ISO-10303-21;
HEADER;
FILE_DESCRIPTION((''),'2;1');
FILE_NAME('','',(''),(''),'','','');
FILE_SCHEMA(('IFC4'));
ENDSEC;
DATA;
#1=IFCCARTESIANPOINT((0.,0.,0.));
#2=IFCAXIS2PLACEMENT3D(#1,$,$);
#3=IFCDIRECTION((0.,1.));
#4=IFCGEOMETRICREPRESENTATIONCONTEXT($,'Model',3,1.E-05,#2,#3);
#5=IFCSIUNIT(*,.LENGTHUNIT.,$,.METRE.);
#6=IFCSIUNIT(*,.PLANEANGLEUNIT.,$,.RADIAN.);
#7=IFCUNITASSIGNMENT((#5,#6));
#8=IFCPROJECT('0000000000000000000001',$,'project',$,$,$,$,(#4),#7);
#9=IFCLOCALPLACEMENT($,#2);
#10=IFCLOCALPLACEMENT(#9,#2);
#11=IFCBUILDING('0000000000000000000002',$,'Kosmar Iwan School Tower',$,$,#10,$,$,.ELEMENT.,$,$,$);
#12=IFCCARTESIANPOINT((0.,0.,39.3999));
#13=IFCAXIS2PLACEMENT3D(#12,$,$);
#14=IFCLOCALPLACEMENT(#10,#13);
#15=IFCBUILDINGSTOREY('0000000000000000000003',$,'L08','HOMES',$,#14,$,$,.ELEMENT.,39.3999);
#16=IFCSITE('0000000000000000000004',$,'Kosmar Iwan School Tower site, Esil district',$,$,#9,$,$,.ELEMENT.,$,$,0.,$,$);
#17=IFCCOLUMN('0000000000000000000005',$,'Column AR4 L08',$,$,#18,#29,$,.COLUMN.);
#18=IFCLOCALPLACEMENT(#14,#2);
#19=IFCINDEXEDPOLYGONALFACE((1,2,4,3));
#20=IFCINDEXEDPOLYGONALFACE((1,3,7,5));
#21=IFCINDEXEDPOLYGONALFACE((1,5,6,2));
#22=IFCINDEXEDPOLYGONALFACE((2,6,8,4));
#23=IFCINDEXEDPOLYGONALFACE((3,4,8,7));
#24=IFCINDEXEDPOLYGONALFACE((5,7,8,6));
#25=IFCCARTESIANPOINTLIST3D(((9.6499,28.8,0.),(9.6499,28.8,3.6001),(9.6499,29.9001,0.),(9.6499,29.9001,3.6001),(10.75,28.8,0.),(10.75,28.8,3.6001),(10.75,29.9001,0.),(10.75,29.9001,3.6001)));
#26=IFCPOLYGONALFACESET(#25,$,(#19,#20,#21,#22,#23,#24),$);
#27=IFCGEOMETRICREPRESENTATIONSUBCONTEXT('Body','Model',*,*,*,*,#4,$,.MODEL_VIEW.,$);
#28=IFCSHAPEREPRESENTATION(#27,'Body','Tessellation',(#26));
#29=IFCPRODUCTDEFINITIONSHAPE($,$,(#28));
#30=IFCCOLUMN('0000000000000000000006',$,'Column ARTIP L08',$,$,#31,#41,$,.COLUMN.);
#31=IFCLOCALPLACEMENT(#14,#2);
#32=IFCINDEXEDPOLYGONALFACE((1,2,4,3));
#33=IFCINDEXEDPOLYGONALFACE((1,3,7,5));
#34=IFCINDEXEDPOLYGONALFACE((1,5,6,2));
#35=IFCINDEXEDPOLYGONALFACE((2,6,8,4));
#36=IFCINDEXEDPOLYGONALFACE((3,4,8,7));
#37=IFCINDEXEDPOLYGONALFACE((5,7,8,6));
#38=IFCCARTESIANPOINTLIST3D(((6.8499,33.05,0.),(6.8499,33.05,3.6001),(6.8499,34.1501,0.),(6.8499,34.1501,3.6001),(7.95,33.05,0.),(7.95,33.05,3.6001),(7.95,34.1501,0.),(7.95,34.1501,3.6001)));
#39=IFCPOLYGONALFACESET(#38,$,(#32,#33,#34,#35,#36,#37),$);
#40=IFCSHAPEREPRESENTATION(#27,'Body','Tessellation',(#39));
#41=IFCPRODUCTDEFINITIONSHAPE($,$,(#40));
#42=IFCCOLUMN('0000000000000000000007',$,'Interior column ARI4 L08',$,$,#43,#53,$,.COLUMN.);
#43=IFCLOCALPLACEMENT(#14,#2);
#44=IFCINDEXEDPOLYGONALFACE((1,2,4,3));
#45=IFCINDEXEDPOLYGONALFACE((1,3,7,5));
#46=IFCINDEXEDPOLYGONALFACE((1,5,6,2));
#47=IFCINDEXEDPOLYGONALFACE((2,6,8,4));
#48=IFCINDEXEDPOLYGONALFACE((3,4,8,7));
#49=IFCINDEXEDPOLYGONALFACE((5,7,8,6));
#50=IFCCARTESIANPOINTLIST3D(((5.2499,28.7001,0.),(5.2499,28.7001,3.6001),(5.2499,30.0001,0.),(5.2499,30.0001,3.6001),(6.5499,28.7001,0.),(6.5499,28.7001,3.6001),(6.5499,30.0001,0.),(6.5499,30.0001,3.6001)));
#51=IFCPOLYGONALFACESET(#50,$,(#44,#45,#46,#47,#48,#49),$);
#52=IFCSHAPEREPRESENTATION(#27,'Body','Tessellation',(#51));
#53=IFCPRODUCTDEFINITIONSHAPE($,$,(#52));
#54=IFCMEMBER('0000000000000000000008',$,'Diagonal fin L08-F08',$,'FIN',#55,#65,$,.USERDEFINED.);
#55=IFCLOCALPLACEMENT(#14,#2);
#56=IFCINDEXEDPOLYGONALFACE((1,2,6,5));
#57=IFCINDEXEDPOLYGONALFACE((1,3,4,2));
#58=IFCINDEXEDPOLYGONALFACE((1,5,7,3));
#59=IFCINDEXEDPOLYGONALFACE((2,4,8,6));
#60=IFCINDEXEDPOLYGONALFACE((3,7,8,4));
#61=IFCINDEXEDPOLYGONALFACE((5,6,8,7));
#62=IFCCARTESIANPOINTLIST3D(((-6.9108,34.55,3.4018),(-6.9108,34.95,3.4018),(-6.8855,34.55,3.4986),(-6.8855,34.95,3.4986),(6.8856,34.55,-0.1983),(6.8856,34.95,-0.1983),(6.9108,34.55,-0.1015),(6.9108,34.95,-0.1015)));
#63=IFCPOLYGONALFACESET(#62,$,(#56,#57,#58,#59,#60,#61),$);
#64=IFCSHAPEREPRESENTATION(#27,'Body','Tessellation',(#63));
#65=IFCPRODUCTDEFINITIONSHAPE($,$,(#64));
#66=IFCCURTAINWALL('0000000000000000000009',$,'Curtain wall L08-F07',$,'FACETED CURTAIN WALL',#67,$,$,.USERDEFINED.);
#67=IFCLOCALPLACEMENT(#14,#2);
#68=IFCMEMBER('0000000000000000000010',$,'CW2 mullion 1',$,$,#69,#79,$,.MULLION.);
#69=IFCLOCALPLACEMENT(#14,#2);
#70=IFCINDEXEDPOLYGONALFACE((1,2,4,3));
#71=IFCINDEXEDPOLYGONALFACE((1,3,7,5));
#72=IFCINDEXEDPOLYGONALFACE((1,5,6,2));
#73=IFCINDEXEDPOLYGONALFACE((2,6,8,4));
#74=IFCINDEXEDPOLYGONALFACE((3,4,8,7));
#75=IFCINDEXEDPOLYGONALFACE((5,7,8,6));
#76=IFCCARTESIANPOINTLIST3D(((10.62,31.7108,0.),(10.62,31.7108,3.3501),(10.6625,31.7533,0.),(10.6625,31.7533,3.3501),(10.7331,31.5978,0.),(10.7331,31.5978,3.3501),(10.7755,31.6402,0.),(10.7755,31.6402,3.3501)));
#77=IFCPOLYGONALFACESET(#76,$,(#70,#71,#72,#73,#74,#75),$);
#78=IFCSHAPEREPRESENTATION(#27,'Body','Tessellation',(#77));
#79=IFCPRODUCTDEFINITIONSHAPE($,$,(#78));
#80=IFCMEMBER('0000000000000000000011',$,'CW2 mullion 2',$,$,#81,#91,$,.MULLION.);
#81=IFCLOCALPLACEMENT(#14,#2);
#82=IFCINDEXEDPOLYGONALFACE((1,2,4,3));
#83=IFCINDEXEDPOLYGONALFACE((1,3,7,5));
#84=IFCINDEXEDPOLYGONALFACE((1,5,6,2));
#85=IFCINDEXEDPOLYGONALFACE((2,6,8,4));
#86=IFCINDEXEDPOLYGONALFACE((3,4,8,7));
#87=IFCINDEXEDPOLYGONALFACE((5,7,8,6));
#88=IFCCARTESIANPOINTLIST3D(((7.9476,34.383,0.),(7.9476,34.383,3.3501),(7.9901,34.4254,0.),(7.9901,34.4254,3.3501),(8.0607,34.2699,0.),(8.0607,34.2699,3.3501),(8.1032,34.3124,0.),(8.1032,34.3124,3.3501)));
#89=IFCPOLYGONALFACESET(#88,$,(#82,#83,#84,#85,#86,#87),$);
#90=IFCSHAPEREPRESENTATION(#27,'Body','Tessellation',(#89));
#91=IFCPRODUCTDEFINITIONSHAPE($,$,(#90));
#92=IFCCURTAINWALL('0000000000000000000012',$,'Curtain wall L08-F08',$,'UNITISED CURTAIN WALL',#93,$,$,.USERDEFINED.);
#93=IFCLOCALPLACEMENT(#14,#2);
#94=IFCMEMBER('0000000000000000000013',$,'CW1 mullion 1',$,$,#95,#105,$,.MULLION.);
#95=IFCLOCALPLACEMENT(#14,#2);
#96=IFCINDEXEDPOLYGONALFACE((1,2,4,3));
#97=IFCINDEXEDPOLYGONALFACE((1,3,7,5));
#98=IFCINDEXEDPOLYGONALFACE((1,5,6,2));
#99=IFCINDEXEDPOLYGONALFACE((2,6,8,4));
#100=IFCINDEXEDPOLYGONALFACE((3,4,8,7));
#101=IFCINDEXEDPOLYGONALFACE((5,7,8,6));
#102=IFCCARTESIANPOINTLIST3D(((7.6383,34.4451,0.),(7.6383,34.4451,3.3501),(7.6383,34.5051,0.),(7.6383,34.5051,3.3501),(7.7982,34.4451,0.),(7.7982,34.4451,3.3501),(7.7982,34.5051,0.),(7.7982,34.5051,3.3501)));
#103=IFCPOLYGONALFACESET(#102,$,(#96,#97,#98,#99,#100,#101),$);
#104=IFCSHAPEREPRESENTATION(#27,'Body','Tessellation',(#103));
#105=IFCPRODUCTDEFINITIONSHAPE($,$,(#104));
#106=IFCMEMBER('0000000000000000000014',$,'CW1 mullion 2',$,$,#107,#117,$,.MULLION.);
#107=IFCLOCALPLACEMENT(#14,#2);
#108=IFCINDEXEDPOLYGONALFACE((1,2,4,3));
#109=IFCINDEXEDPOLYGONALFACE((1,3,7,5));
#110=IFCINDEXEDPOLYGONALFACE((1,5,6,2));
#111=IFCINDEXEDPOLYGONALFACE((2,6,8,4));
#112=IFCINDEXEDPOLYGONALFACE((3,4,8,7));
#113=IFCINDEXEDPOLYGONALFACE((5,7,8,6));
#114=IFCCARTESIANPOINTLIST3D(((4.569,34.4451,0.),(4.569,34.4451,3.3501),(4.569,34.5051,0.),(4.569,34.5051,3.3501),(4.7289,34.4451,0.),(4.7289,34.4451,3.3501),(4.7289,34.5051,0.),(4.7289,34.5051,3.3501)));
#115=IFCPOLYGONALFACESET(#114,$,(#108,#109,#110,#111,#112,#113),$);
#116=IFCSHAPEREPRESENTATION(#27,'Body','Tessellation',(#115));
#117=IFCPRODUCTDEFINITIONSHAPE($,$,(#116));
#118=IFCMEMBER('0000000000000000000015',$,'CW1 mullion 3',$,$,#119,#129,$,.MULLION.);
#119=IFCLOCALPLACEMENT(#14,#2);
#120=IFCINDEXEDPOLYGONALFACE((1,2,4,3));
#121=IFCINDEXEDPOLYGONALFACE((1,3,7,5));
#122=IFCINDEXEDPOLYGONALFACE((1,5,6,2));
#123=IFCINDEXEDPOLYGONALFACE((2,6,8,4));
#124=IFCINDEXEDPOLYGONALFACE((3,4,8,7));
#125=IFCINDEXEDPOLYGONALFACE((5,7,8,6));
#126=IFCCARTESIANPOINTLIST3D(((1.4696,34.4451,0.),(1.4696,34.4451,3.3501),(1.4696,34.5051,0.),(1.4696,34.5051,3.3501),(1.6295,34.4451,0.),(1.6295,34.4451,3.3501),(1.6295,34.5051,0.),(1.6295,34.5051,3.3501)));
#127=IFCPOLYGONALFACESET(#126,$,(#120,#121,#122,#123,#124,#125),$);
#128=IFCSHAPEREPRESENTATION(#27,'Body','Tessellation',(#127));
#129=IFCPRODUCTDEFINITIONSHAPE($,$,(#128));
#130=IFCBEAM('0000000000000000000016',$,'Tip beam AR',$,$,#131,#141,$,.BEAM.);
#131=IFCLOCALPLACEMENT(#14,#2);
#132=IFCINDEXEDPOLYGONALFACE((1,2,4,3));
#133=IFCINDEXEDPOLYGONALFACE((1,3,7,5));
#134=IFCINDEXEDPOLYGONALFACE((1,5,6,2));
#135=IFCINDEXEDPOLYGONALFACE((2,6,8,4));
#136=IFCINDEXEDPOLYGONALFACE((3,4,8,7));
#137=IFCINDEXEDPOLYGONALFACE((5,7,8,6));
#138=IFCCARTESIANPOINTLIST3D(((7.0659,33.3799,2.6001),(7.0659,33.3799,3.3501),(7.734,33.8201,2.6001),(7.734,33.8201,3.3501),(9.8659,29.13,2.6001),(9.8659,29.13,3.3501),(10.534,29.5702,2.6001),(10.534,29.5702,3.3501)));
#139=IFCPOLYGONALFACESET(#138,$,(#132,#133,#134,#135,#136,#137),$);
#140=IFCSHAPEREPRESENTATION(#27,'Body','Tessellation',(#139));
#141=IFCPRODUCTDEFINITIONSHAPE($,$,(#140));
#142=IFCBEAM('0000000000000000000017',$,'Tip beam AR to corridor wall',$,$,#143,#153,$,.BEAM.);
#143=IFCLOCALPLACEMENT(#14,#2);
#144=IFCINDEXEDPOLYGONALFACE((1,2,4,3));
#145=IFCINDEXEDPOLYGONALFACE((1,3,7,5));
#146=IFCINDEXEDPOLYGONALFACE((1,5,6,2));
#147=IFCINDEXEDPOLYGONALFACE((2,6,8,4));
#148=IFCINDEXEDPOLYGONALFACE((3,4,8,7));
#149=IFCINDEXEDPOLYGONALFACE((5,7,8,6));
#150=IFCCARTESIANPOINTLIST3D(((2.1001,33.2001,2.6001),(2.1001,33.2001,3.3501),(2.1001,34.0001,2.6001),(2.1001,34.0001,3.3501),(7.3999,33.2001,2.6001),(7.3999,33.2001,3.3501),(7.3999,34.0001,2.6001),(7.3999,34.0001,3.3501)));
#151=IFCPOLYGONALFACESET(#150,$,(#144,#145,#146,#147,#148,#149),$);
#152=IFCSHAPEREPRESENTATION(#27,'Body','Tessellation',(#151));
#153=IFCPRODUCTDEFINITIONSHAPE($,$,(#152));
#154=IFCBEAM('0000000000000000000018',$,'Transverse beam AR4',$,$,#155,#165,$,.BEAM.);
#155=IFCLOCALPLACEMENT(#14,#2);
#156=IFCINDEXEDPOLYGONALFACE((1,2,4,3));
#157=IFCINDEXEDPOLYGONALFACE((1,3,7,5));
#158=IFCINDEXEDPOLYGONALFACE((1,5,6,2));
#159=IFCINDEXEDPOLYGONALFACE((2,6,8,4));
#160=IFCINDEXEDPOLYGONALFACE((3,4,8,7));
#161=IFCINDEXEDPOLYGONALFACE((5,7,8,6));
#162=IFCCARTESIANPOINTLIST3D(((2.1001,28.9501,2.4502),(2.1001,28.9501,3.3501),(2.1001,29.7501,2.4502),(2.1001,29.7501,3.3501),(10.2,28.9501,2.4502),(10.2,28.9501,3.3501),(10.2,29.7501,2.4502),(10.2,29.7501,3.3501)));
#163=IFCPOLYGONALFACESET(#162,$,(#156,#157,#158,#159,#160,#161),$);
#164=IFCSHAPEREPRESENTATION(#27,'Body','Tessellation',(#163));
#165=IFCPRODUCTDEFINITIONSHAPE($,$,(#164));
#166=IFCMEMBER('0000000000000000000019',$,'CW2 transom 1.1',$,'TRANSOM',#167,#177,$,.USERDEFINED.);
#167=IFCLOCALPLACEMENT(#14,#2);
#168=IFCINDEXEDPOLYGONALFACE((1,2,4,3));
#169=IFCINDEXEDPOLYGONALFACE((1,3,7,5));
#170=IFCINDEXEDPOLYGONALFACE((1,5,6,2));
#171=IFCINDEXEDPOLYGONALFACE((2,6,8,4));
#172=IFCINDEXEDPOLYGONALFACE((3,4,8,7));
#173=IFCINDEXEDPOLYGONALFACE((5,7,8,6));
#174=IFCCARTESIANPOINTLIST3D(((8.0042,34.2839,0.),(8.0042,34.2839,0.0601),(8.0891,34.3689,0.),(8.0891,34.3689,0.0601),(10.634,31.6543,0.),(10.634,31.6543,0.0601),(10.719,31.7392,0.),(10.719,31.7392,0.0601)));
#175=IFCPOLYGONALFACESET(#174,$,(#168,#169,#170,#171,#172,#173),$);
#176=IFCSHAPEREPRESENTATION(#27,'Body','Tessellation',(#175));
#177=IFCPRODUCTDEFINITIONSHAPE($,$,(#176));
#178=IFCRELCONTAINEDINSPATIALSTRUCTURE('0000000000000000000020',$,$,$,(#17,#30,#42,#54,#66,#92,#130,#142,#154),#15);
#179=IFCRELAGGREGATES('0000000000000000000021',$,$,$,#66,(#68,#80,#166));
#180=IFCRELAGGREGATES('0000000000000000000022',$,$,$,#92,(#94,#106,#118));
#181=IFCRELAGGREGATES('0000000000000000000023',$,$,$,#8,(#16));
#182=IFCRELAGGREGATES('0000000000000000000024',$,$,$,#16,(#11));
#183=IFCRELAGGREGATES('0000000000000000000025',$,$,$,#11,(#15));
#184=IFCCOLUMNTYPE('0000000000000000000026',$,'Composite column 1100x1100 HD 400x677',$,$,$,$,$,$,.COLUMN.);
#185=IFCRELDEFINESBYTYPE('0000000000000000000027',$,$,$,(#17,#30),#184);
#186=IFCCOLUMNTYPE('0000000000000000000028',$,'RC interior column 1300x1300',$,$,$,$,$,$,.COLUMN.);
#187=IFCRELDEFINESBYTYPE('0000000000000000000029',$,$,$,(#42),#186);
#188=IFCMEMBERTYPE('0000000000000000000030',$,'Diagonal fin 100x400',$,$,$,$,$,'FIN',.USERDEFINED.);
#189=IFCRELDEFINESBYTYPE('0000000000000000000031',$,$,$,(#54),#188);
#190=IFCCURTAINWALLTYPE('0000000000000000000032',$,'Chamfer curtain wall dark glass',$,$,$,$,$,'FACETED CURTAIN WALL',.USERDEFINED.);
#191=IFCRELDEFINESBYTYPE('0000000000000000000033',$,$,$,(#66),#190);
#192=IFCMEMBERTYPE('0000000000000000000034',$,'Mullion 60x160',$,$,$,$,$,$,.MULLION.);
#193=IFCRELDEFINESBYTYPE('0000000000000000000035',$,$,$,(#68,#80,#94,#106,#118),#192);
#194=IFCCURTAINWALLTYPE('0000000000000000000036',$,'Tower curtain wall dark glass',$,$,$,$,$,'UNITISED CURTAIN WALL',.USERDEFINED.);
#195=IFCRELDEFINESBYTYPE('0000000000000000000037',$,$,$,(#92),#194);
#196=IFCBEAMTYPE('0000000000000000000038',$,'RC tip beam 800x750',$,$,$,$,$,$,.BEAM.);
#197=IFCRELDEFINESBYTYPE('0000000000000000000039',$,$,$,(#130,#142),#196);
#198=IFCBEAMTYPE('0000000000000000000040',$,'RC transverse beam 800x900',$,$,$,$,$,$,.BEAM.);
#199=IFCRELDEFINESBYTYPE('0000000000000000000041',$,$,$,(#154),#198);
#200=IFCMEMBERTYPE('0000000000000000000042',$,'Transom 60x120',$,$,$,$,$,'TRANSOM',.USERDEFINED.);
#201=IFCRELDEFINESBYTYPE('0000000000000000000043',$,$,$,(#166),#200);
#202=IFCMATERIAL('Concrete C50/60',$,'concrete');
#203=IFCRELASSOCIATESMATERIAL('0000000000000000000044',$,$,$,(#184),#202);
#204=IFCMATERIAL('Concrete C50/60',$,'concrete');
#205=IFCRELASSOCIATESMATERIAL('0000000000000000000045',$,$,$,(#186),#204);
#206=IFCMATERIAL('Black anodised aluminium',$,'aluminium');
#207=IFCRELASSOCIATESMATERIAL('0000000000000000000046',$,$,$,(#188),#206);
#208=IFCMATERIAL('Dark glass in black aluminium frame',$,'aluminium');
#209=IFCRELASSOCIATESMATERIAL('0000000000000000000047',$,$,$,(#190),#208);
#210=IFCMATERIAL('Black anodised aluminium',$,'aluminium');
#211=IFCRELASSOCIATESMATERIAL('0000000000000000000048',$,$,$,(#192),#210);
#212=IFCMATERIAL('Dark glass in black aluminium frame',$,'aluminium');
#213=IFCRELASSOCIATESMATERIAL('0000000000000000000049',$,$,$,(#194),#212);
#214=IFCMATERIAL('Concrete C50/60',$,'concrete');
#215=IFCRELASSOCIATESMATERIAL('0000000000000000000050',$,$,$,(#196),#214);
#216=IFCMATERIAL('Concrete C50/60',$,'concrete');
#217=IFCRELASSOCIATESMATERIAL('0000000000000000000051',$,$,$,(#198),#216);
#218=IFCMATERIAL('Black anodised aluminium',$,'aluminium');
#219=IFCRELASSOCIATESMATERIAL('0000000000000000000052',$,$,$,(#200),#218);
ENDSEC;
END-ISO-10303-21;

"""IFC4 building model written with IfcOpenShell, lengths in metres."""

from ifc_helpers import new_model, si_unit, direction, frame, origin, origin_2d, place, context, subcontext, project, spatial, rectangle, extrude, material, material_profile, profile_set, type_object, element, aggregate, save


model = new_model("IFC4")

# Units and contexts
model_context = context("Model", 3, precision=1e-05, world=origin(), true_north=direction((0.0, 1.0)))
body_context = subcontext(model_context, "Body", "Model", "MODEL_VIEW")
ifc_project = project(units=[si_unit("LENGTHUNIT", "METRE"), si_unit("PLANEANGLEUNIT", "RADIAN")], contexts=[model_context])

# Site, building, storey
site_placement = place(None, origin())
site = spatial("IfcSite", under=ifc_project, at=site_placement, Name="Kosmar Iwan School Tower site, Esil district", CompositionType="ELEMENT", RefElevation=0.0)
building_placement = place(site_placement, origin())
building = spatial("IfcBuilding", under=site, at=building_placement, Name="Kosmar Iwan School Tower", CompositionType="ELEMENT")
storey_placement = place(building_placement, frame((0.0, 0.0, 39.3999)))
storey = spatial("IfcBuildingStorey", under=building, at=storey_placement, Name="L08", Description="HOMES", CompositionType="ELEMENT", Elevation=39.3999)

# Columns
ifc_material_1 = material(Name="Concrete C50/60", Category="concrete")
ifc_material_profile_1 = material_profile(ifc_material_1, rectangle(XDim=1.1001, YDim=1.1001, at=origin_2d()), Name="RC 1100x1100 + HD 400x677")
ifc_profile_set_1 = profile_set([ifc_material_profile_1], Name="Concrete C50/60")
column_type_1 = type_object("IfcColumnType", Name="Composite column 1100x1100 HD 400x677", PredefinedType="COLUMN", material=ifc_profile_set_1)
for number, where, z_axis, x_axis, name in (
    (1, (10.2, 29.3501, 0.0), (0.0, 0.0, 1.0), (0.0, 1.0, 0.0), "Column AR4 L08"),
    (2, (7.3999, 33.6001, 0.0), (0.0, 0.0, 1.0), (0.0, 1.0, 0.0), "Column ARTIP L08"),
):
    element("IfcColumn", number, at=place(storey_placement, frame(where, z_axis=z_axis, x_axis=x_axis)), inside=storey, type_object=column_type_1, Name=name, PredefinedType="COLUMN", context=body_context, shape_type="SweptSolid", body=[
        extrude(rectangle(XDim=1.1001, YDim=1.1001, at=origin_2d()), origin(), (0.0, 0.0, 1.0), 3.6001),
    ])
ifc_material_2 = material(Name="Concrete C50/60", Category="concrete")
ifc_material_profile_2 = material_profile(ifc_material_2, rectangle(XDim=1.3, YDim=1.3, at=origin_2d()), Name="RC 1300x1300")
ifc_profile_set_2 = profile_set([ifc_material_profile_2], Name="Concrete C50/60")
column_type_2 = type_object("IfcColumnType", Name="RC interior column 1300x1300", PredefinedType="COLUMN", material=ifc_profile_set_2)
column_placement = place(storey_placement, frame((5.8999, 29.3501, 0.0), z_axis=(0.0, 0.0, 1.0), x_axis=(0.0, 1.0, 0.0)))
element("IfcColumn", 3, at=column_placement, inside=storey, type_object=column_type_2, Name="Interior column ARI4 L08", PredefinedType="COLUMN", context=body_context, shape_type="SweptSolid", body=[
    extrude(rectangle(XDim=1.3, YDim=1.3, at=origin_2d()), origin(), (0.0, 0.0, 1.0), 3.6001),
])

# Member
ifc_material_3 = material(Name="Black anodised aluminium", Category="aluminium")
ifc_material_profile_3 = material_profile(ifc_material_3, rectangle(XDim=0.1001, YDim=0.3999, at=origin_2d()), Name="FIN 100x400")
ifc_profile_set_3 = profile_set([ifc_material_profile_3], Name="Black anodised aluminium")
member_type_1 = type_object("IfcMemberType", Name="Diagonal fin 100x400", ElementType="FIN", PredefinedType="USERDEFINED", material=ifc_profile_set_3)
member_1_placement = place(storey_placement, frame((6.8982, 34.75, -0.1499), z_axis=(-0.967599, 0.0, 0.25249), x_axis=(0.25249, 0.0, 0.967599)))
element("IfcMember", 4, at=member_1_placement, inside=storey, type_object=member_type_1, Name="Diagonal fin L08-F08", ObjectType="FIN", PredefinedType="USERDEFINED", context=body_context, shape_type="SweptSolid", body=[
    extrude(rectangle(XDim=0.1001, YDim=0.3999, at=origin_2d()), origin(), (0.0, 0.0, 1.0), 14.2583),
])

# Curtain walls, members
ifc_material_4 = material(Name="Dark glass in black aluminium frame", Category="aluminium")
curtain_wall_type_1 = type_object("IfcCurtainWallType", Name="Chamfer curtain wall dark glass", ElementType="FACETED CURTAIN WALL", PredefinedType="USERDEFINED", material=ifc_material_4)
curtain_wall_1_placement = place(storey_placement, origin())
curtain_wall_1 = element("IfcCurtainWall", 5, at=curtain_wall_1_placement, inside=storey, type_object=curtain_wall_type_1, Name="Curtain wall L08-F07", ObjectType="FACETED CURTAIN WALL", PredefinedType="USERDEFINED")
ifc_material_5 = material(Name="Black anodised aluminium", Category="aluminium")
ifc_material_profile_4 = material_profile(ifc_material_5, rectangle(XDim=0.0601, YDim=0.1599, at=origin_2d()), Name="MULLION 60x160")
ifc_profile_set_4 = profile_set([ifc_material_profile_4], Name="Black anodised aluminium")
member_type_2 = type_object("IfcMemberType", Name="Mullion 60x160", PredefinedType="MULLION", material=ifc_profile_set_4)
member_2_placement = place(storey_placement, frame((10.6978, 31.6755, 0.0), z_axis=(0.0, 0.0, 1.0), x_axis=(-0.707107, -0.707107, 0.0)))
member_2 = element("IfcMember", 6, at=member_2_placement, type_object=member_type_2, Name="CW2 mullion 1", PredefinedType="MULLION", context=body_context, shape_type="SweptSolid", body=[
    extrude(rectangle(XDim=0.0601, YDim=0.1599, at=origin_2d()), origin(), (0.0, 0.0, 1.0), 3.3501),
])
member_3_placement = place(storey_placement, frame((8.0254, 34.3477, 0.0), z_axis=(0.0, 0.0, 1.0), x_axis=(-0.707107, -0.707107, 0.0)))
member_3 = element("IfcMember", 7, at=member_3_placement, type_object=member_type_2, Name="CW2 mullion 2", PredefinedType="MULLION", context=body_context, shape_type="SweptSolid", body=[
    extrude(rectangle(XDim=0.0601, YDim=0.1599, at=origin_2d()), origin(), (0.0, 0.0, 1.0), 3.3501),
])
ifc_material_6 = material(Name="Dark glass in black aluminium frame", Category="aluminium")
curtain_wall_type_2 = type_object("IfcCurtainWallType", Name="Tower curtain wall dark glass", ElementType="UNITISED CURTAIN WALL", PredefinedType="USERDEFINED", material=ifc_material_6)
curtain_wall_2_placement = place(storey_placement, origin())
curtain_wall_2 = element("IfcCurtainWall", 8, at=curtain_wall_2_placement, inside=storey, type_object=curtain_wall_type_2, Name="Curtain wall L08-F08", ObjectType="UNITISED CURTAIN WALL", PredefinedType="USERDEFINED")
member_4_placement = place(storey_placement, frame((7.7183, 34.4751, 0.0), z_axis=(0.0, 0.0, 1.0), x_axis=(0.0, -1.0, 0.0)))
member_4 = element("IfcMember", 9, at=member_4_placement, type_object=member_type_2, Name="CW1 mullion 1", PredefinedType="MULLION", context=body_context, shape_type="SweptSolid", body=[
    extrude(rectangle(XDim=0.0601, YDim=0.1599, at=origin_2d()), origin(), (0.0, 0.0, 1.0), 3.3501),
])
member_5_placement = place(storey_placement, frame((4.6489, 34.4751, 0.0), z_axis=(0.0, 0.0, 1.0), x_axis=(0.0, -1.0, 0.0)))
member_5 = element("IfcMember", 10, at=member_5_placement, type_object=member_type_2, Name="CW1 mullion 2", PredefinedType="MULLION", context=body_context, shape_type="SweptSolid", body=[
    extrude(rectangle(XDim=0.0601, YDim=0.1599, at=origin_2d()), origin(), (0.0, 0.0, 1.0), 3.3501),
])
member_6_placement = place(storey_placement, frame((1.5496, 34.4751, 0.0), z_axis=(0.0, 0.0, 1.0), x_axis=(0.0, -1.0, 0.0)))
member_6 = element("IfcMember", 11, at=member_6_placement, type_object=member_type_2, Name="CW1 mullion 3", PredefinedType="MULLION", context=body_context, shape_type="SweptSolid", body=[
    extrude(rectangle(XDim=0.0601, YDim=0.1599, at=origin_2d()), origin(), (0.0, 0.0, 1.0), 3.3501),
])

# Beams
ifc_material_7 = material(Name="Concrete C50/60", Category="concrete")
ifc_material_profile_5 = material_profile(ifc_material_7, rectangle(XDim=0.8, YDim=0.75, at=origin_2d()), Name="RC 800x750")
ifc_profile_set_5 = profile_set([ifc_material_profile_5], Name="Concrete C50/60")
beam_type_1 = type_object("IfcBeamType", Name="RC tip beam 800x750", PredefinedType="BEAM", material=ifc_profile_set_5)
beam_1_placement = place(storey_placement, frame((10.2, 29.3501, 2.9751), z_axis=(-0.550164, 0.835056, 0.0), x_axis=(-0.835056, -0.550164, 0.0)))
element("IfcBeam", 12, at=beam_1_placement, inside=storey, type_object=beam_type_1, Name="Tip beam AR", PredefinedType="BEAM", context=body_context, shape_type="SweptSolid", body=[
    extrude(rectangle(XDim=0.8, YDim=0.75, at=origin_2d()), origin(), (0.0, 0.0, 1.0), 5.0894),
])
beam_2_placement = place(storey_placement, frame((7.3999, 33.6001, 2.9751), z_axis=(-1.0, 0.0, 0.0), x_axis=(0.0, -1.0, 0.0)))
element("IfcBeam", 13, at=beam_2_placement, inside=storey, type_object=beam_type_1, Name="Tip beam AR to corridor wall", PredefinedType="BEAM", context=body_context, shape_type="SweptSolid", body=[
    extrude(rectangle(XDim=0.8, YDim=0.75, at=origin_2d()), origin(), (0.0, 0.0, 1.0), 5.2998),
])
ifc_material_8 = material(Name="Concrete C50/60", Category="concrete")
ifc_material_profile_6 = material_profile(ifc_material_8, rectangle(XDim=0.8, YDim=0.8999, at=origin_2d()), Name="RC 800x900")
ifc_profile_set_6 = profile_set([ifc_material_profile_6], Name="Concrete C50/60")
beam_type_2 = type_object("IfcBeamType", Name="RC transverse beam 800x900", PredefinedType="BEAM", material=ifc_profile_set_6)
beam_3_placement = place(storey_placement, frame((10.2, 29.3501, 2.9001), z_axis=(-1.0, 0.0, 0.0), x_axis=(0.0, -1.0, 0.0)))
element("IfcBeam", 14, at=beam_3_placement, inside=storey, type_object=beam_type_2, Name="Transverse beam AR4", PredefinedType="BEAM", context=body_context, shape_type="SweptSolid", body=[
    extrude(rectangle(XDim=0.8, YDim=0.8999, at=origin_2d()), origin(), (0.0, 0.0, 1.0), 8.0999),
])

# Member
ifc_material_9 = material(Name="Black anodised aluminium", Category="aluminium")
ifc_material_profile_7 = material_profile(ifc_material_9, rectangle(XDim=0.1201, YDim=0.0601, at=origin_2d()), Name="TRANSOM 60x120")
ifc_profile_set_7 = profile_set([ifc_material_profile_7], Name="Black anodised aluminium")
member_type_3 = type_object("IfcMemberType", Name="Transom 60x120", ElementType="TRANSOM", PredefinedType="USERDEFINED", material=ifc_profile_set_7)
member_7_placement = place(storey_placement, frame((10.6765, 31.6968, 0.03), z_axis=(-0.70714, 0.707074, 0.0), x_axis=(-0.707074, -0.70714, 0.0)))
member_7 = element("IfcMember", 15, at=member_7_placement, type_object=member_type_3, Name="CW2 transom 1.1", ObjectType="TRANSOM", PredefinedType="USERDEFINED", context=body_context, shape_type="SweptSolid", body=[
    extrude(rectangle(XDim=0.1201, YDim=0.0601, at=origin_2d()), origin(), (0.0, 0.0, 1.0), 3.719),
])

aggregate(curtain_wall_1, [member_2, member_3, member_7])
aggregate(curtain_wall_2, [member_4, member_5, member_6])

save(model, "model.ifc")
